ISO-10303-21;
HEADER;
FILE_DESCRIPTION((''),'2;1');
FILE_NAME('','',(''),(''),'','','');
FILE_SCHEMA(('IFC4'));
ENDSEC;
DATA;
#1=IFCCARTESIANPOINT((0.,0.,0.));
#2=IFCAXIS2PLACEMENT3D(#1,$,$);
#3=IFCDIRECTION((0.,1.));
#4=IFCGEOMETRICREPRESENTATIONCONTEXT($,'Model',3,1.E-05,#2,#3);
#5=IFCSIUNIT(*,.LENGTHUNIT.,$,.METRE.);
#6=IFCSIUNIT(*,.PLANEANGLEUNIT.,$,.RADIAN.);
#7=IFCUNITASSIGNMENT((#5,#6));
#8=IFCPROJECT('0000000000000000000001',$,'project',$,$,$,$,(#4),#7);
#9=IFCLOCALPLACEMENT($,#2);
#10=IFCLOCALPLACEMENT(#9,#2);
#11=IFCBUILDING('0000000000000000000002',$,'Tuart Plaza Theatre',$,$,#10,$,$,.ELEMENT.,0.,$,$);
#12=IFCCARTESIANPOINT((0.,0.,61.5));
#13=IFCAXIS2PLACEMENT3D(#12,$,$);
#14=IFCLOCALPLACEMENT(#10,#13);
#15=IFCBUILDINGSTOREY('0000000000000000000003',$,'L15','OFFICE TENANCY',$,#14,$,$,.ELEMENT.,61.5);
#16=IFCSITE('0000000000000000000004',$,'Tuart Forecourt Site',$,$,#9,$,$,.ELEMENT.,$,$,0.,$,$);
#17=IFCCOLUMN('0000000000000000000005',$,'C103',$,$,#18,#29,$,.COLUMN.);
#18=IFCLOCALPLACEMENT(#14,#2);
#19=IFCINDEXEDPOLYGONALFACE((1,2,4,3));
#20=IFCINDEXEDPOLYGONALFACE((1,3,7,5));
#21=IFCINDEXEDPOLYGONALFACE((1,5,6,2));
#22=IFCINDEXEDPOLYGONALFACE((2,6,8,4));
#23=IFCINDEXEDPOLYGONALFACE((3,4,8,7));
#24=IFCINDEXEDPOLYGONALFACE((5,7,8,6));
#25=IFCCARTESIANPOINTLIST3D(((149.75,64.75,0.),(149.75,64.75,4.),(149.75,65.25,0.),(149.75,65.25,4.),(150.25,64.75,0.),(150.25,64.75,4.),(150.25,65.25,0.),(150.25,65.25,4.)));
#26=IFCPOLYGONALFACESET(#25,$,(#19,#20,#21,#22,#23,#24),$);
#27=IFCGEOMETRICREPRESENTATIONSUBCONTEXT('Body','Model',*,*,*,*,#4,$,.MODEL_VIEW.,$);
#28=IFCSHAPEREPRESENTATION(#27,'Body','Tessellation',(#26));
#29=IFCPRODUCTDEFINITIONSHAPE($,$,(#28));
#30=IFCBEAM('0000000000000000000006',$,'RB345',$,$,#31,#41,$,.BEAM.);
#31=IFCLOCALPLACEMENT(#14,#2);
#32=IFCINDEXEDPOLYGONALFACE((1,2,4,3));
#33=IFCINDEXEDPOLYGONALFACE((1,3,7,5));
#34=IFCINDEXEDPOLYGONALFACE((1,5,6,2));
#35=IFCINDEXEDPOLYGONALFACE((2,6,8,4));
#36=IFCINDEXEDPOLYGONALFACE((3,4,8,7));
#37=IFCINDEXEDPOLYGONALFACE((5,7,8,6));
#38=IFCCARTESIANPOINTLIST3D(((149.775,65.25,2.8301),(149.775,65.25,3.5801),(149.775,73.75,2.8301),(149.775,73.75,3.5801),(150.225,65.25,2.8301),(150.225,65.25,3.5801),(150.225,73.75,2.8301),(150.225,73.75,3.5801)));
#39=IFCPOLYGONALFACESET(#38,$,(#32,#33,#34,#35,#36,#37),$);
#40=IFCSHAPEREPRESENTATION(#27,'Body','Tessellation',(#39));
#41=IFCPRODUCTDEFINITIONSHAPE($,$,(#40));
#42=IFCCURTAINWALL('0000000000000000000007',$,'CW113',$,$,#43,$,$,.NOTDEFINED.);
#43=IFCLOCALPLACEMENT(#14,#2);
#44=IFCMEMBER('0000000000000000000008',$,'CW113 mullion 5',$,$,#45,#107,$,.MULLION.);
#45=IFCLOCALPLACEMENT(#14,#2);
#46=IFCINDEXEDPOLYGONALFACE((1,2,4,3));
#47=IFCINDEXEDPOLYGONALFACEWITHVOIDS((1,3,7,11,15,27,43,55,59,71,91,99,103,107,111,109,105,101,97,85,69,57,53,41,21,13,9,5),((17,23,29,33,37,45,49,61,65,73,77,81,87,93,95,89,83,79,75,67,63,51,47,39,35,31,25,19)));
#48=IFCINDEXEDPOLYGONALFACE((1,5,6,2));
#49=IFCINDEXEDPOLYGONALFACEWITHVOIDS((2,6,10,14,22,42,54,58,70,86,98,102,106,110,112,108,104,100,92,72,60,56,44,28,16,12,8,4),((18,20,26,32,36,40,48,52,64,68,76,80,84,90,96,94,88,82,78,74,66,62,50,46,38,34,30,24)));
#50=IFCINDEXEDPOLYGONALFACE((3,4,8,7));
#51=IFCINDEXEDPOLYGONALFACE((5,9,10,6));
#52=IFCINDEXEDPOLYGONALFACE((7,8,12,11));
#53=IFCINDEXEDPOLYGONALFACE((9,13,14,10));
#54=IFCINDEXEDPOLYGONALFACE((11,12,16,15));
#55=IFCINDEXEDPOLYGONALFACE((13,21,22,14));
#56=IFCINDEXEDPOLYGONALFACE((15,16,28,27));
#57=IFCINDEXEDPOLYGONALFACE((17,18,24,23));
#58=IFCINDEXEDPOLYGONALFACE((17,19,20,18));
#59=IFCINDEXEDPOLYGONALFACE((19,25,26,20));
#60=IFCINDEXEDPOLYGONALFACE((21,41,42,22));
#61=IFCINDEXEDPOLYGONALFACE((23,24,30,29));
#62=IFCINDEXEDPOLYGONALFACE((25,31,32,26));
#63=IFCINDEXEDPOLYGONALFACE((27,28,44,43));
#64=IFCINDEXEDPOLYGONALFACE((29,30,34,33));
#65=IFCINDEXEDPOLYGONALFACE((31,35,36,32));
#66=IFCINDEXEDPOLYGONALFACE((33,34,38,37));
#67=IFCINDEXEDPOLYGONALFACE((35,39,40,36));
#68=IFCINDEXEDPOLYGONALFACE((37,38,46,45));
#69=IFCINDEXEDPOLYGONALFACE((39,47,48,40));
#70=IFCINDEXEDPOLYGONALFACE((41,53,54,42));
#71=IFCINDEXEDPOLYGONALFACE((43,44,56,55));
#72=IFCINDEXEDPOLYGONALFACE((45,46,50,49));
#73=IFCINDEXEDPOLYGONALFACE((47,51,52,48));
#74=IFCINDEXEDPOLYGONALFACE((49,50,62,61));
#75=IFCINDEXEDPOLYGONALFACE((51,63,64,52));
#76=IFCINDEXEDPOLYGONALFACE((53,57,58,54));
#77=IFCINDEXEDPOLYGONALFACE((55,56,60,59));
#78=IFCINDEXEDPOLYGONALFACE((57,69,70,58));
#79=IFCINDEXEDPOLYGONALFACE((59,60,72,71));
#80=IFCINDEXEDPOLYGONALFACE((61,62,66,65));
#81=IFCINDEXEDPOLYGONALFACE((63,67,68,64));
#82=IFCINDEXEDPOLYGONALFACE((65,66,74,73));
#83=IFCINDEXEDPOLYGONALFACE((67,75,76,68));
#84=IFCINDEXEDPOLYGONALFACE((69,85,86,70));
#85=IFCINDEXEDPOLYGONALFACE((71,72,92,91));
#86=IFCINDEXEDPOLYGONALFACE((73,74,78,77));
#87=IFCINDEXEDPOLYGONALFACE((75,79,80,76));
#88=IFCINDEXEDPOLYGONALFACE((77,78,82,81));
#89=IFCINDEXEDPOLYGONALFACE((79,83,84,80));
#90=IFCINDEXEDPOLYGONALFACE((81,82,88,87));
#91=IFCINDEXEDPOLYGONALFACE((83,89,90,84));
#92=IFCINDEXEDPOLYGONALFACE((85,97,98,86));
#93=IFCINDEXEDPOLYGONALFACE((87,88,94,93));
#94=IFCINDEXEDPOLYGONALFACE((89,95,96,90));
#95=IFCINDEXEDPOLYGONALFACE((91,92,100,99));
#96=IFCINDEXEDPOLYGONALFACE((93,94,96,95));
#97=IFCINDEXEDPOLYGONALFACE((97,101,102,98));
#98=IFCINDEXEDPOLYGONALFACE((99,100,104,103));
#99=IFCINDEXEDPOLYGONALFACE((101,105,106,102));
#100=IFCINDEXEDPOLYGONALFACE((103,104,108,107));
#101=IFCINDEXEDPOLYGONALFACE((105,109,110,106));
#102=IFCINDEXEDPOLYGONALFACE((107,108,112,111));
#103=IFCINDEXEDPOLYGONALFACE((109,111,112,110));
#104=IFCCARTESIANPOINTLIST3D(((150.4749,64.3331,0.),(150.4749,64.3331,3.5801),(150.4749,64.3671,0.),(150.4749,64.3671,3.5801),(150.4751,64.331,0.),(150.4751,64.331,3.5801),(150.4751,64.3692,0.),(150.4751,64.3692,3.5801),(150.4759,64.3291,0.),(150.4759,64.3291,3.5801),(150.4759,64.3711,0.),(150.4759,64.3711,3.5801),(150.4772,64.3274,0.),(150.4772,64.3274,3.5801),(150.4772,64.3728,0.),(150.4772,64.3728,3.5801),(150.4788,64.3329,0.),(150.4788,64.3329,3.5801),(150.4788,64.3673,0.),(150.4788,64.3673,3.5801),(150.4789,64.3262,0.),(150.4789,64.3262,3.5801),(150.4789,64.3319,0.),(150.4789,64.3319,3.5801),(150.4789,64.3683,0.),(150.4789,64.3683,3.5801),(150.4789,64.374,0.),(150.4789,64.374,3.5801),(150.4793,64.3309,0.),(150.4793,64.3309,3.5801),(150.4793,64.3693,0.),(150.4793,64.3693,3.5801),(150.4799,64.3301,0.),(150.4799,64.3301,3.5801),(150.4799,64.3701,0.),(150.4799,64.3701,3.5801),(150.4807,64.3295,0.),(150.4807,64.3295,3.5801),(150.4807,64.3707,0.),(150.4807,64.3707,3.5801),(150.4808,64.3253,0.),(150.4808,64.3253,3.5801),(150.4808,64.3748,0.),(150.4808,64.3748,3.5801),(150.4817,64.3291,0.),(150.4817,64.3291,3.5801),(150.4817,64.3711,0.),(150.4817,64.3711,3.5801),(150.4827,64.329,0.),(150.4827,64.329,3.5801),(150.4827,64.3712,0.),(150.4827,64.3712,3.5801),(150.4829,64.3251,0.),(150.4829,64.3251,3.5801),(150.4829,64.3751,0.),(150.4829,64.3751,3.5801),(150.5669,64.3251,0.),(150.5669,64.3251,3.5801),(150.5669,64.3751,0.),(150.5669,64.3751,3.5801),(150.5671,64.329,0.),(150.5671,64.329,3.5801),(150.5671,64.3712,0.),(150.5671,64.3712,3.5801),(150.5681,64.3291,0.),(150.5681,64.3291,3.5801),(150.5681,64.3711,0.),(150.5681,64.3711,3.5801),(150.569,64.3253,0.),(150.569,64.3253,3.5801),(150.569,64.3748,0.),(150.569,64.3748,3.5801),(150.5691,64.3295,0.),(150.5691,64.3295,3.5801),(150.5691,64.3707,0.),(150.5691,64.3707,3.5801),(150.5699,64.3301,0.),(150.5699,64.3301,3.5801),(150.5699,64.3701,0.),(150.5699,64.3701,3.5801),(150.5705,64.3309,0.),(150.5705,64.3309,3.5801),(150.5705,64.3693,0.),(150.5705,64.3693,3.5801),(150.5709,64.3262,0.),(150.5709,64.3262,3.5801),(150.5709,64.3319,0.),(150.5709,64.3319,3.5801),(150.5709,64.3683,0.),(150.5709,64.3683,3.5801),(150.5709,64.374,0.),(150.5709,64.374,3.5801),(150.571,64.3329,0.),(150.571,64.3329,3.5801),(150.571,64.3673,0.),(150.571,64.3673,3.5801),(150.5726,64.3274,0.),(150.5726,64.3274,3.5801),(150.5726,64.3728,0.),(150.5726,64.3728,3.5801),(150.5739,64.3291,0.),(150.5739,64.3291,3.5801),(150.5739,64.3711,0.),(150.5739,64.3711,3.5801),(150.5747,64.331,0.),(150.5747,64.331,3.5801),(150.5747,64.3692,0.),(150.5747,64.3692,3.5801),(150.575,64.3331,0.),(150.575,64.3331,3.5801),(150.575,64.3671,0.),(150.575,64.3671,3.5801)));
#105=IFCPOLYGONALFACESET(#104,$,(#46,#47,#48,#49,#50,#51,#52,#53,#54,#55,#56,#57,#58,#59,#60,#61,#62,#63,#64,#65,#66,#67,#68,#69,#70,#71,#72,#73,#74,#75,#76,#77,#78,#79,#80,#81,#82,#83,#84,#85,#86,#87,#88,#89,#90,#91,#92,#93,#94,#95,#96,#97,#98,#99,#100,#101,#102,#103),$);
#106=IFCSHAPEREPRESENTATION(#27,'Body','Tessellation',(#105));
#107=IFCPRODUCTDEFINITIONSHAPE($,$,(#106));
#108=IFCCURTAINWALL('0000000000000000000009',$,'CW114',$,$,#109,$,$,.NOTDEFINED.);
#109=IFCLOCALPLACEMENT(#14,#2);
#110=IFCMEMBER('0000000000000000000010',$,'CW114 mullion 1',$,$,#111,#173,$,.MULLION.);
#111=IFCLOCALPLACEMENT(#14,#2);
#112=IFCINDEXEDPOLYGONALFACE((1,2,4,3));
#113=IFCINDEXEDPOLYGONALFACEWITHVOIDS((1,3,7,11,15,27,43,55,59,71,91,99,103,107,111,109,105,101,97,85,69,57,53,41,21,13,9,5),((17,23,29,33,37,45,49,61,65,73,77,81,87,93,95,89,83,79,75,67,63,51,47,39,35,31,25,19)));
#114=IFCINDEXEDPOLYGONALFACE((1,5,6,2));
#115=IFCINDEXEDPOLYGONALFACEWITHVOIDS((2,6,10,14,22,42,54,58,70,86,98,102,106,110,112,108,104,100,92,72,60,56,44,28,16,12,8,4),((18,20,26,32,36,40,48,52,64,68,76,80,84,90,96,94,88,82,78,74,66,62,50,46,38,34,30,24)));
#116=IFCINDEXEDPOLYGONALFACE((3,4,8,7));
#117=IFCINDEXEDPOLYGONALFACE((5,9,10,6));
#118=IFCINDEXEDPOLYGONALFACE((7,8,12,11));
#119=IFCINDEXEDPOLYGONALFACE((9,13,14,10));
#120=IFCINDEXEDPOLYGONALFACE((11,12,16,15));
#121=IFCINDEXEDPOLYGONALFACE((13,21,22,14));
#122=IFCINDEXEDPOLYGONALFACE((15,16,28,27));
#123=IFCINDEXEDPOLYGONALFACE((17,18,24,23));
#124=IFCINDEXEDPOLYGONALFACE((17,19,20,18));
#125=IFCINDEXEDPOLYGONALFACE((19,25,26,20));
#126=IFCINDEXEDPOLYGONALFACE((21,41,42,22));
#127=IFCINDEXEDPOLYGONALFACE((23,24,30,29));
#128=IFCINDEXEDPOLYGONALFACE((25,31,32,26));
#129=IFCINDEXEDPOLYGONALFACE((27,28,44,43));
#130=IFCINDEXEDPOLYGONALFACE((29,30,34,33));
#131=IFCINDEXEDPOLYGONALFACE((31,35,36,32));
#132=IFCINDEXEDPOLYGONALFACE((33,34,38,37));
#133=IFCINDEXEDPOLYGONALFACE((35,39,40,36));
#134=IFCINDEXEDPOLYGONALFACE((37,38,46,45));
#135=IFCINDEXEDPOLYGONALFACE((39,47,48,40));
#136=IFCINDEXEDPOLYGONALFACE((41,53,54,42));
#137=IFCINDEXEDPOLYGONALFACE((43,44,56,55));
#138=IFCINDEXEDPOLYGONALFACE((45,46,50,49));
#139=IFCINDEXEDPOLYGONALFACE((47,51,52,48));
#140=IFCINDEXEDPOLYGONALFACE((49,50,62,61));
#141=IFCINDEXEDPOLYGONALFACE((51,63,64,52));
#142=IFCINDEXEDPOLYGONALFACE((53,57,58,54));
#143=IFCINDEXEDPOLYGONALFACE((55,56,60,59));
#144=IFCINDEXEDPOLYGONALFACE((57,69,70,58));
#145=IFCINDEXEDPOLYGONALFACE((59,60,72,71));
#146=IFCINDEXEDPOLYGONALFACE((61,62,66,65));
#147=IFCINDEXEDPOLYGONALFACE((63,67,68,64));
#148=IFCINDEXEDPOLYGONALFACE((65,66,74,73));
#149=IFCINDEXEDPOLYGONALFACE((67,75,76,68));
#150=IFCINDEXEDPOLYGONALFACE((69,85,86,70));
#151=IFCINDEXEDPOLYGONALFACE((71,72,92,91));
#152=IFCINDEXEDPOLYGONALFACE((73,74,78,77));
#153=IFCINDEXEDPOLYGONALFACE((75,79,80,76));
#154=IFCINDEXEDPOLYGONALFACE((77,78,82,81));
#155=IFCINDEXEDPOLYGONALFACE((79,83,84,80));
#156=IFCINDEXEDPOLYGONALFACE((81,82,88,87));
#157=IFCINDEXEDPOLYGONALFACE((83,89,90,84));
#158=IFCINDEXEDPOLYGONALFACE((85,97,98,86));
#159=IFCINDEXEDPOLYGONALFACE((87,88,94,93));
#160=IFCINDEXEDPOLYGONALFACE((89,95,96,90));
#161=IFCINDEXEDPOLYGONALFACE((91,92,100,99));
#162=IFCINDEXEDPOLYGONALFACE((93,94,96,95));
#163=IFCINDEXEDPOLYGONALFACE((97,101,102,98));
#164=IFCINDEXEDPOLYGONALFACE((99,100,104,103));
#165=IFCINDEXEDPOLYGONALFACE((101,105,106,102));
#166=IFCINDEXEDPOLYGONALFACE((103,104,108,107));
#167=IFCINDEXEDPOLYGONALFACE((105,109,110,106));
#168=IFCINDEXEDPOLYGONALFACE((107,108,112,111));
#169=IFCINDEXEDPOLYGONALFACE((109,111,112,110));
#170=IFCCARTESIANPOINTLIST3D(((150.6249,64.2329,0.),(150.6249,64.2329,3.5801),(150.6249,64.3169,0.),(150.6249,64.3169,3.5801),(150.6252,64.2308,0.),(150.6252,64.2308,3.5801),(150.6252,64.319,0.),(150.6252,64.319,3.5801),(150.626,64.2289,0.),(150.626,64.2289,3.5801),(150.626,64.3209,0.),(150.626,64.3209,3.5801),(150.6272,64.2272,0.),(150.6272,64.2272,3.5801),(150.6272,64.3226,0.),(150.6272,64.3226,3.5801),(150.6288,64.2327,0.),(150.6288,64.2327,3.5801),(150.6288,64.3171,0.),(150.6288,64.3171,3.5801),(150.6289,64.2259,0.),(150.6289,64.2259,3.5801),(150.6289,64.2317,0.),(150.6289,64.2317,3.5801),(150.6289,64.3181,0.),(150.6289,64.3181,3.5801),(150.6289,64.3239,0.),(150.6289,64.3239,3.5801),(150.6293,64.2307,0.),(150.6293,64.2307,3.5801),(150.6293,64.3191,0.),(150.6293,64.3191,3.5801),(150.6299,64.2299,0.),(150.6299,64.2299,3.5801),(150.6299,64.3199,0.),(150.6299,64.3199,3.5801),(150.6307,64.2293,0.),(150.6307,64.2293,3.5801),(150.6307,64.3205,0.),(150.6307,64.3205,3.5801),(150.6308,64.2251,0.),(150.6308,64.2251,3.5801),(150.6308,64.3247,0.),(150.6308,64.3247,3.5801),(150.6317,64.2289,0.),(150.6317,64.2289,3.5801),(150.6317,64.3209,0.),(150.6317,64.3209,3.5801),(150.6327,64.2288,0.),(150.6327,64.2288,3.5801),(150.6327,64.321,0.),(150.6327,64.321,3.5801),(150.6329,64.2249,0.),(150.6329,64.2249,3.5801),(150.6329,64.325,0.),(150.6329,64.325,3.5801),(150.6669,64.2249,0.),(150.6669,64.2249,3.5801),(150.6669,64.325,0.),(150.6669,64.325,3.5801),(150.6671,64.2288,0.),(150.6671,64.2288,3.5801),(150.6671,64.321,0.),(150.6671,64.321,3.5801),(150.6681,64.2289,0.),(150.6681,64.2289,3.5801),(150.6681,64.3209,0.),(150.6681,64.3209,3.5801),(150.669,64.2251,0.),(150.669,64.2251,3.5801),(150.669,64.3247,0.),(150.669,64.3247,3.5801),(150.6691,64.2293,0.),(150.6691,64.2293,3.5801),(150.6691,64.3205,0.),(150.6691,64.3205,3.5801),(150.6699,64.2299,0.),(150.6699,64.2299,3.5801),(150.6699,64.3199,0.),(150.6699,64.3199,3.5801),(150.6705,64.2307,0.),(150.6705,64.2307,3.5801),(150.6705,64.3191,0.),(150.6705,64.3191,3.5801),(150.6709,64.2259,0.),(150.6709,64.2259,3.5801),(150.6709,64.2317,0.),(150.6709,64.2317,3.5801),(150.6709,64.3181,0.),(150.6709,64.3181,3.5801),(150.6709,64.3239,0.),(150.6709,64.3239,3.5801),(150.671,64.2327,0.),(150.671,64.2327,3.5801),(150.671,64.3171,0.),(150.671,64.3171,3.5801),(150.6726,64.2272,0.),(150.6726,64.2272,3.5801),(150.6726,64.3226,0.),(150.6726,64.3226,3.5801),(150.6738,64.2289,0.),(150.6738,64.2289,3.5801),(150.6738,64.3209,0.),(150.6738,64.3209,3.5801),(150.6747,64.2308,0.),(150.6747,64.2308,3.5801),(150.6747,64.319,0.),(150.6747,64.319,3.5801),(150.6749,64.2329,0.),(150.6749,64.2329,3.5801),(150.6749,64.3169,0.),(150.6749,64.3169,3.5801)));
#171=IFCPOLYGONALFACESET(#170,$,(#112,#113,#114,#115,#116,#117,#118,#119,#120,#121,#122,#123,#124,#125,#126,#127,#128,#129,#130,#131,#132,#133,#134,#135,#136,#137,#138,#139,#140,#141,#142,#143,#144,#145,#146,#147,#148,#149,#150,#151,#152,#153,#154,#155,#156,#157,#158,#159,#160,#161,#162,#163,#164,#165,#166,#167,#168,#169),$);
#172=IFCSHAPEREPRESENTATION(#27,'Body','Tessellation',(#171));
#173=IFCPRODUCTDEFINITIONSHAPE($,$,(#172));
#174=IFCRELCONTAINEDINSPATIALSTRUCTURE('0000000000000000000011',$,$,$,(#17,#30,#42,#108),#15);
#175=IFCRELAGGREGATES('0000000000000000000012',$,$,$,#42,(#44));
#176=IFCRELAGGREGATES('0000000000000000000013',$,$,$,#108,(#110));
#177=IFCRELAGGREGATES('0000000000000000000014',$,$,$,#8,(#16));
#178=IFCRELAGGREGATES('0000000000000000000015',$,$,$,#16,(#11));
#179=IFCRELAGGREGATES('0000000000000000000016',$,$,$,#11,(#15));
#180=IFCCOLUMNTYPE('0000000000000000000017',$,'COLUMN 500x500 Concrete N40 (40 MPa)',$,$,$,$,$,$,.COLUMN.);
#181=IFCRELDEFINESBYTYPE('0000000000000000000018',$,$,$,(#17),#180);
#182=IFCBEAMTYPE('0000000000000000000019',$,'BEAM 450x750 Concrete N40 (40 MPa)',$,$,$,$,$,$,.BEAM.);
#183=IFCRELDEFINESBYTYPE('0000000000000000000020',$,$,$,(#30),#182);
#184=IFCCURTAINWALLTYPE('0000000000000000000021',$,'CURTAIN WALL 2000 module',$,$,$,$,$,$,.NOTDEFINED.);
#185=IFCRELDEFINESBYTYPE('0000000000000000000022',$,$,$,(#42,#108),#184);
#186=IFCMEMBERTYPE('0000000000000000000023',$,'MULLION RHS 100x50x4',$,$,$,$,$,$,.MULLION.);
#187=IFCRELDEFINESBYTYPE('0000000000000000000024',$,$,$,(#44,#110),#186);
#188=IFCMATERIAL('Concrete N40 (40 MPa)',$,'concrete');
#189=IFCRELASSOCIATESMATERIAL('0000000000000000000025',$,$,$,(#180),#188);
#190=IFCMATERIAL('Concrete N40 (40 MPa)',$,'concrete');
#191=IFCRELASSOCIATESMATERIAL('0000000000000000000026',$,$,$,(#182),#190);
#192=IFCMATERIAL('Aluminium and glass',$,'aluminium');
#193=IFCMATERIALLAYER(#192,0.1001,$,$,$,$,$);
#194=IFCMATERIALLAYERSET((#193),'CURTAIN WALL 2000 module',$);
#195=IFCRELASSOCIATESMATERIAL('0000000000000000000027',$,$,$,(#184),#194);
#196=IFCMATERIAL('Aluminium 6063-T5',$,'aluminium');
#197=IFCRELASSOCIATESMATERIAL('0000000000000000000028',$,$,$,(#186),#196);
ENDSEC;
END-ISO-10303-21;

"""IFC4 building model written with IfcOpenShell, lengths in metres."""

from ifc_helpers import new_model, si_unit, direction, frame, origin, origin_2d, place, context, subcontext, project, spatial, rectangle, hollow_rectangle, extrude, material, layer, layer_set, material_profile, profile_set, type_object, element, aggregate, save


model = new_model("IFC4")

# Units and contexts
model_context = context("Model", 3, precision=1e-05, world=origin(), true_north=direction((0.0, 1.0)))
body_context = subcontext(model_context, "Body", "Model", "MODEL_VIEW")
ifc_project = project(units=[si_unit("LENGTHUNIT", "METRE"), si_unit("PLANEANGLEUNIT", "RADIAN")], contexts=[model_context])

# Site, building, storey
site_placement = place(None, origin())
site = spatial("IfcSite", under=ifc_project, at=site_placement, Name="Tuart Forecourt Site", CompositionType="ELEMENT", RefElevation=0.0)
building_placement = place(site_placement, origin())
building = spatial("IfcBuilding", under=site, at=building_placement, Name="Tuart Plaza Theatre", CompositionType="ELEMENT", ElevationOfRefHeight=0.0)
storey_placement = place(building_placement, frame((0.0, 0.0, 61.5)))
storey = spatial("IfcBuildingStorey", under=building, at=storey_placement, Name="L15", Description="OFFICE TENANCY", CompositionType="ELEMENT", Elevation=61.5)

# Column
ifc_material_1 = material(Name="Concrete N40 (40 MPa)", Category="concrete")
ifc_material_profile_1 = material_profile(ifc_material_1, rectangle(XDim=0.5, YDim=0.5, at=origin_2d()), Name="COLUMN 500x500 Concrete N40 (40 MPa)")
ifc_profile_set_1 = profile_set([ifc_material_profile_1], Name="Concrete N40 (40 MPa)")
column_type = type_object("IfcColumnType", Name="COLUMN 500x500 Concrete N40 (40 MPa)", PredefinedType="COLUMN", material=ifc_profile_set_1)
column_placement = place(storey_placement, frame((150.0, 65.0, 0.0), z_axis=(0.0, 0.0, 1.0), x_axis=(1.0, 0.0, 0.0)))
element("IfcColumn", 1, at=column_placement, inside=storey, type_object=column_type, Name="C103", PredefinedType="COLUMN", context=body_context, shape_type="SweptSolid", body=[
    extrude(rectangle(XDim=0.5, YDim=0.5, at=origin_2d()), origin(), (0.0, 0.0, 1.0), 4.0),
])

# Beam
ifc_material_2 = material(Name="Concrete N40 (40 MPa)", Category="concrete")
ifc_material_profile_2 = material_profile(ifc_material_2, rectangle(XDim=0.45, YDim=0.75, at=origin_2d()), Name="BEAM 450x750 Concrete N40 (40 MPa)")
ifc_profile_set_2 = profile_set([ifc_material_profile_2], Name="Concrete N40 (40 MPa)")
beam_type = type_object("IfcBeamType", Name="BEAM 450x750 Concrete N40 (40 MPa)", PredefinedType="BEAM", material=ifc_profile_set_2)
beam_placement = place(storey_placement, frame((150.0, 65.25, 3.2051), z_axis=(0.0, 1.0, 0.0), x_axis=(-1.0, 0.0, 0.0)))
element("IfcBeam", 2, at=beam_placement, inside=storey, type_object=beam_type, Name="RB345", PredefinedType="BEAM", context=body_context, shape_type="SweptSolid", body=[
    extrude(rectangle(XDim=0.45, YDim=0.75, at=origin_2d()), origin(), (0.0, 0.0, 1.0), 8.5),
])

# Curtain wall, member
ifc_material_3 = material(Name="Aluminium and glass", Category="aluminium")
ifc_layer_1 = layer(ifc_material_3, 0.1001)
ifc_layer_set_1 = layer_set([ifc_layer_1], Name="CURTAIN WALL 2000 module")
curtain_wall_type = type_object("IfcCurtainWallType", Name="CURTAIN WALL 2000 module", PredefinedType="NOTDEFINED", material=ifc_layer_set_1)
curtain_wall_1_placement = place(storey_placement, origin())
curtain_wall_1 = element("IfcCurtainWall", 3, at=curtain_wall_1_placement, inside=storey, type_object=curtain_wall_type, Name="CW113", PredefinedType="NOTDEFINED")
ifc_material_4 = material(Name="Aluminium 6063-T5", Category="aluminium")
ifc_material_profile_3 = material_profile(ifc_material_4, hollow_rectangle(XDim=0.05, YDim=0.1001, WallThickness=0.0039, InnerFilletRadius=0.0039, OuterFilletRadius=0.0081, at=origin_2d()), Name="RHS 100x50x4")
ifc_profile_set_3 = profile_set([ifc_material_profile_3], Name="Aluminium 6063-T5")
member_type_1 = type_object("IfcMemberType", Name="MULLION RHS 100x50x4", PredefinedType="MULLION", material=ifc_profile_set_3)
member_1_placement = place(storey_placement, frame((150.5249, 64.3501, 0.0), z_axis=(0.0, 0.0, 1.0), x_axis=(0.0, 1.0, 0.0)))
member_1 = element("IfcMember", 4, at=member_1_placement, type_object=member_type_1, Name="CW113 mullion 5", PredefinedType="MULLION", context=body_context, shape_type="SweptSolid", body=[
    extrude(hollow_rectangle(XDim=0.05, YDim=0.1001, WallThickness=0.0039, InnerFilletRadius=0.0039, OuterFilletRadius=0.0081, at=origin_2d()), origin(), (0.0, 0.0, 1.0), 3.5801),
])

# Curtain wall, member
curtain_wall_2_placement = place(storey_placement, origin())
curtain_wall_2 = element("IfcCurtainWall", 5, at=curtain_wall_2_placement, inside=storey, type_object=curtain_wall_type, Name="CW114", PredefinedType="NOTDEFINED")
member_2_placement = place(storey_placement, frame((150.6499, 64.2749, 0.0), z_axis=(0.0, 0.0, 1.0), x_axis=(-1.0, 0.0, 0.0)))
member_2 = element("IfcMember", 6, at=member_2_placement, type_object=member_type_1, Name="CW114 mullion 1", PredefinedType="MULLION", context=body_context, shape_type="SweptSolid", body=[
    extrude(hollow_rectangle(XDim=0.05, YDim=0.1001, WallThickness=0.0039, InnerFilletRadius=0.0039, OuterFilletRadius=0.0081, at=origin_2d()), origin(), (0.0, 0.0, 1.0), 3.5801),
])

aggregate(curtain_wall_1, [member_1])
aggregate(curtain_wall_2, [member_2])

save(model, "model.ifc")
